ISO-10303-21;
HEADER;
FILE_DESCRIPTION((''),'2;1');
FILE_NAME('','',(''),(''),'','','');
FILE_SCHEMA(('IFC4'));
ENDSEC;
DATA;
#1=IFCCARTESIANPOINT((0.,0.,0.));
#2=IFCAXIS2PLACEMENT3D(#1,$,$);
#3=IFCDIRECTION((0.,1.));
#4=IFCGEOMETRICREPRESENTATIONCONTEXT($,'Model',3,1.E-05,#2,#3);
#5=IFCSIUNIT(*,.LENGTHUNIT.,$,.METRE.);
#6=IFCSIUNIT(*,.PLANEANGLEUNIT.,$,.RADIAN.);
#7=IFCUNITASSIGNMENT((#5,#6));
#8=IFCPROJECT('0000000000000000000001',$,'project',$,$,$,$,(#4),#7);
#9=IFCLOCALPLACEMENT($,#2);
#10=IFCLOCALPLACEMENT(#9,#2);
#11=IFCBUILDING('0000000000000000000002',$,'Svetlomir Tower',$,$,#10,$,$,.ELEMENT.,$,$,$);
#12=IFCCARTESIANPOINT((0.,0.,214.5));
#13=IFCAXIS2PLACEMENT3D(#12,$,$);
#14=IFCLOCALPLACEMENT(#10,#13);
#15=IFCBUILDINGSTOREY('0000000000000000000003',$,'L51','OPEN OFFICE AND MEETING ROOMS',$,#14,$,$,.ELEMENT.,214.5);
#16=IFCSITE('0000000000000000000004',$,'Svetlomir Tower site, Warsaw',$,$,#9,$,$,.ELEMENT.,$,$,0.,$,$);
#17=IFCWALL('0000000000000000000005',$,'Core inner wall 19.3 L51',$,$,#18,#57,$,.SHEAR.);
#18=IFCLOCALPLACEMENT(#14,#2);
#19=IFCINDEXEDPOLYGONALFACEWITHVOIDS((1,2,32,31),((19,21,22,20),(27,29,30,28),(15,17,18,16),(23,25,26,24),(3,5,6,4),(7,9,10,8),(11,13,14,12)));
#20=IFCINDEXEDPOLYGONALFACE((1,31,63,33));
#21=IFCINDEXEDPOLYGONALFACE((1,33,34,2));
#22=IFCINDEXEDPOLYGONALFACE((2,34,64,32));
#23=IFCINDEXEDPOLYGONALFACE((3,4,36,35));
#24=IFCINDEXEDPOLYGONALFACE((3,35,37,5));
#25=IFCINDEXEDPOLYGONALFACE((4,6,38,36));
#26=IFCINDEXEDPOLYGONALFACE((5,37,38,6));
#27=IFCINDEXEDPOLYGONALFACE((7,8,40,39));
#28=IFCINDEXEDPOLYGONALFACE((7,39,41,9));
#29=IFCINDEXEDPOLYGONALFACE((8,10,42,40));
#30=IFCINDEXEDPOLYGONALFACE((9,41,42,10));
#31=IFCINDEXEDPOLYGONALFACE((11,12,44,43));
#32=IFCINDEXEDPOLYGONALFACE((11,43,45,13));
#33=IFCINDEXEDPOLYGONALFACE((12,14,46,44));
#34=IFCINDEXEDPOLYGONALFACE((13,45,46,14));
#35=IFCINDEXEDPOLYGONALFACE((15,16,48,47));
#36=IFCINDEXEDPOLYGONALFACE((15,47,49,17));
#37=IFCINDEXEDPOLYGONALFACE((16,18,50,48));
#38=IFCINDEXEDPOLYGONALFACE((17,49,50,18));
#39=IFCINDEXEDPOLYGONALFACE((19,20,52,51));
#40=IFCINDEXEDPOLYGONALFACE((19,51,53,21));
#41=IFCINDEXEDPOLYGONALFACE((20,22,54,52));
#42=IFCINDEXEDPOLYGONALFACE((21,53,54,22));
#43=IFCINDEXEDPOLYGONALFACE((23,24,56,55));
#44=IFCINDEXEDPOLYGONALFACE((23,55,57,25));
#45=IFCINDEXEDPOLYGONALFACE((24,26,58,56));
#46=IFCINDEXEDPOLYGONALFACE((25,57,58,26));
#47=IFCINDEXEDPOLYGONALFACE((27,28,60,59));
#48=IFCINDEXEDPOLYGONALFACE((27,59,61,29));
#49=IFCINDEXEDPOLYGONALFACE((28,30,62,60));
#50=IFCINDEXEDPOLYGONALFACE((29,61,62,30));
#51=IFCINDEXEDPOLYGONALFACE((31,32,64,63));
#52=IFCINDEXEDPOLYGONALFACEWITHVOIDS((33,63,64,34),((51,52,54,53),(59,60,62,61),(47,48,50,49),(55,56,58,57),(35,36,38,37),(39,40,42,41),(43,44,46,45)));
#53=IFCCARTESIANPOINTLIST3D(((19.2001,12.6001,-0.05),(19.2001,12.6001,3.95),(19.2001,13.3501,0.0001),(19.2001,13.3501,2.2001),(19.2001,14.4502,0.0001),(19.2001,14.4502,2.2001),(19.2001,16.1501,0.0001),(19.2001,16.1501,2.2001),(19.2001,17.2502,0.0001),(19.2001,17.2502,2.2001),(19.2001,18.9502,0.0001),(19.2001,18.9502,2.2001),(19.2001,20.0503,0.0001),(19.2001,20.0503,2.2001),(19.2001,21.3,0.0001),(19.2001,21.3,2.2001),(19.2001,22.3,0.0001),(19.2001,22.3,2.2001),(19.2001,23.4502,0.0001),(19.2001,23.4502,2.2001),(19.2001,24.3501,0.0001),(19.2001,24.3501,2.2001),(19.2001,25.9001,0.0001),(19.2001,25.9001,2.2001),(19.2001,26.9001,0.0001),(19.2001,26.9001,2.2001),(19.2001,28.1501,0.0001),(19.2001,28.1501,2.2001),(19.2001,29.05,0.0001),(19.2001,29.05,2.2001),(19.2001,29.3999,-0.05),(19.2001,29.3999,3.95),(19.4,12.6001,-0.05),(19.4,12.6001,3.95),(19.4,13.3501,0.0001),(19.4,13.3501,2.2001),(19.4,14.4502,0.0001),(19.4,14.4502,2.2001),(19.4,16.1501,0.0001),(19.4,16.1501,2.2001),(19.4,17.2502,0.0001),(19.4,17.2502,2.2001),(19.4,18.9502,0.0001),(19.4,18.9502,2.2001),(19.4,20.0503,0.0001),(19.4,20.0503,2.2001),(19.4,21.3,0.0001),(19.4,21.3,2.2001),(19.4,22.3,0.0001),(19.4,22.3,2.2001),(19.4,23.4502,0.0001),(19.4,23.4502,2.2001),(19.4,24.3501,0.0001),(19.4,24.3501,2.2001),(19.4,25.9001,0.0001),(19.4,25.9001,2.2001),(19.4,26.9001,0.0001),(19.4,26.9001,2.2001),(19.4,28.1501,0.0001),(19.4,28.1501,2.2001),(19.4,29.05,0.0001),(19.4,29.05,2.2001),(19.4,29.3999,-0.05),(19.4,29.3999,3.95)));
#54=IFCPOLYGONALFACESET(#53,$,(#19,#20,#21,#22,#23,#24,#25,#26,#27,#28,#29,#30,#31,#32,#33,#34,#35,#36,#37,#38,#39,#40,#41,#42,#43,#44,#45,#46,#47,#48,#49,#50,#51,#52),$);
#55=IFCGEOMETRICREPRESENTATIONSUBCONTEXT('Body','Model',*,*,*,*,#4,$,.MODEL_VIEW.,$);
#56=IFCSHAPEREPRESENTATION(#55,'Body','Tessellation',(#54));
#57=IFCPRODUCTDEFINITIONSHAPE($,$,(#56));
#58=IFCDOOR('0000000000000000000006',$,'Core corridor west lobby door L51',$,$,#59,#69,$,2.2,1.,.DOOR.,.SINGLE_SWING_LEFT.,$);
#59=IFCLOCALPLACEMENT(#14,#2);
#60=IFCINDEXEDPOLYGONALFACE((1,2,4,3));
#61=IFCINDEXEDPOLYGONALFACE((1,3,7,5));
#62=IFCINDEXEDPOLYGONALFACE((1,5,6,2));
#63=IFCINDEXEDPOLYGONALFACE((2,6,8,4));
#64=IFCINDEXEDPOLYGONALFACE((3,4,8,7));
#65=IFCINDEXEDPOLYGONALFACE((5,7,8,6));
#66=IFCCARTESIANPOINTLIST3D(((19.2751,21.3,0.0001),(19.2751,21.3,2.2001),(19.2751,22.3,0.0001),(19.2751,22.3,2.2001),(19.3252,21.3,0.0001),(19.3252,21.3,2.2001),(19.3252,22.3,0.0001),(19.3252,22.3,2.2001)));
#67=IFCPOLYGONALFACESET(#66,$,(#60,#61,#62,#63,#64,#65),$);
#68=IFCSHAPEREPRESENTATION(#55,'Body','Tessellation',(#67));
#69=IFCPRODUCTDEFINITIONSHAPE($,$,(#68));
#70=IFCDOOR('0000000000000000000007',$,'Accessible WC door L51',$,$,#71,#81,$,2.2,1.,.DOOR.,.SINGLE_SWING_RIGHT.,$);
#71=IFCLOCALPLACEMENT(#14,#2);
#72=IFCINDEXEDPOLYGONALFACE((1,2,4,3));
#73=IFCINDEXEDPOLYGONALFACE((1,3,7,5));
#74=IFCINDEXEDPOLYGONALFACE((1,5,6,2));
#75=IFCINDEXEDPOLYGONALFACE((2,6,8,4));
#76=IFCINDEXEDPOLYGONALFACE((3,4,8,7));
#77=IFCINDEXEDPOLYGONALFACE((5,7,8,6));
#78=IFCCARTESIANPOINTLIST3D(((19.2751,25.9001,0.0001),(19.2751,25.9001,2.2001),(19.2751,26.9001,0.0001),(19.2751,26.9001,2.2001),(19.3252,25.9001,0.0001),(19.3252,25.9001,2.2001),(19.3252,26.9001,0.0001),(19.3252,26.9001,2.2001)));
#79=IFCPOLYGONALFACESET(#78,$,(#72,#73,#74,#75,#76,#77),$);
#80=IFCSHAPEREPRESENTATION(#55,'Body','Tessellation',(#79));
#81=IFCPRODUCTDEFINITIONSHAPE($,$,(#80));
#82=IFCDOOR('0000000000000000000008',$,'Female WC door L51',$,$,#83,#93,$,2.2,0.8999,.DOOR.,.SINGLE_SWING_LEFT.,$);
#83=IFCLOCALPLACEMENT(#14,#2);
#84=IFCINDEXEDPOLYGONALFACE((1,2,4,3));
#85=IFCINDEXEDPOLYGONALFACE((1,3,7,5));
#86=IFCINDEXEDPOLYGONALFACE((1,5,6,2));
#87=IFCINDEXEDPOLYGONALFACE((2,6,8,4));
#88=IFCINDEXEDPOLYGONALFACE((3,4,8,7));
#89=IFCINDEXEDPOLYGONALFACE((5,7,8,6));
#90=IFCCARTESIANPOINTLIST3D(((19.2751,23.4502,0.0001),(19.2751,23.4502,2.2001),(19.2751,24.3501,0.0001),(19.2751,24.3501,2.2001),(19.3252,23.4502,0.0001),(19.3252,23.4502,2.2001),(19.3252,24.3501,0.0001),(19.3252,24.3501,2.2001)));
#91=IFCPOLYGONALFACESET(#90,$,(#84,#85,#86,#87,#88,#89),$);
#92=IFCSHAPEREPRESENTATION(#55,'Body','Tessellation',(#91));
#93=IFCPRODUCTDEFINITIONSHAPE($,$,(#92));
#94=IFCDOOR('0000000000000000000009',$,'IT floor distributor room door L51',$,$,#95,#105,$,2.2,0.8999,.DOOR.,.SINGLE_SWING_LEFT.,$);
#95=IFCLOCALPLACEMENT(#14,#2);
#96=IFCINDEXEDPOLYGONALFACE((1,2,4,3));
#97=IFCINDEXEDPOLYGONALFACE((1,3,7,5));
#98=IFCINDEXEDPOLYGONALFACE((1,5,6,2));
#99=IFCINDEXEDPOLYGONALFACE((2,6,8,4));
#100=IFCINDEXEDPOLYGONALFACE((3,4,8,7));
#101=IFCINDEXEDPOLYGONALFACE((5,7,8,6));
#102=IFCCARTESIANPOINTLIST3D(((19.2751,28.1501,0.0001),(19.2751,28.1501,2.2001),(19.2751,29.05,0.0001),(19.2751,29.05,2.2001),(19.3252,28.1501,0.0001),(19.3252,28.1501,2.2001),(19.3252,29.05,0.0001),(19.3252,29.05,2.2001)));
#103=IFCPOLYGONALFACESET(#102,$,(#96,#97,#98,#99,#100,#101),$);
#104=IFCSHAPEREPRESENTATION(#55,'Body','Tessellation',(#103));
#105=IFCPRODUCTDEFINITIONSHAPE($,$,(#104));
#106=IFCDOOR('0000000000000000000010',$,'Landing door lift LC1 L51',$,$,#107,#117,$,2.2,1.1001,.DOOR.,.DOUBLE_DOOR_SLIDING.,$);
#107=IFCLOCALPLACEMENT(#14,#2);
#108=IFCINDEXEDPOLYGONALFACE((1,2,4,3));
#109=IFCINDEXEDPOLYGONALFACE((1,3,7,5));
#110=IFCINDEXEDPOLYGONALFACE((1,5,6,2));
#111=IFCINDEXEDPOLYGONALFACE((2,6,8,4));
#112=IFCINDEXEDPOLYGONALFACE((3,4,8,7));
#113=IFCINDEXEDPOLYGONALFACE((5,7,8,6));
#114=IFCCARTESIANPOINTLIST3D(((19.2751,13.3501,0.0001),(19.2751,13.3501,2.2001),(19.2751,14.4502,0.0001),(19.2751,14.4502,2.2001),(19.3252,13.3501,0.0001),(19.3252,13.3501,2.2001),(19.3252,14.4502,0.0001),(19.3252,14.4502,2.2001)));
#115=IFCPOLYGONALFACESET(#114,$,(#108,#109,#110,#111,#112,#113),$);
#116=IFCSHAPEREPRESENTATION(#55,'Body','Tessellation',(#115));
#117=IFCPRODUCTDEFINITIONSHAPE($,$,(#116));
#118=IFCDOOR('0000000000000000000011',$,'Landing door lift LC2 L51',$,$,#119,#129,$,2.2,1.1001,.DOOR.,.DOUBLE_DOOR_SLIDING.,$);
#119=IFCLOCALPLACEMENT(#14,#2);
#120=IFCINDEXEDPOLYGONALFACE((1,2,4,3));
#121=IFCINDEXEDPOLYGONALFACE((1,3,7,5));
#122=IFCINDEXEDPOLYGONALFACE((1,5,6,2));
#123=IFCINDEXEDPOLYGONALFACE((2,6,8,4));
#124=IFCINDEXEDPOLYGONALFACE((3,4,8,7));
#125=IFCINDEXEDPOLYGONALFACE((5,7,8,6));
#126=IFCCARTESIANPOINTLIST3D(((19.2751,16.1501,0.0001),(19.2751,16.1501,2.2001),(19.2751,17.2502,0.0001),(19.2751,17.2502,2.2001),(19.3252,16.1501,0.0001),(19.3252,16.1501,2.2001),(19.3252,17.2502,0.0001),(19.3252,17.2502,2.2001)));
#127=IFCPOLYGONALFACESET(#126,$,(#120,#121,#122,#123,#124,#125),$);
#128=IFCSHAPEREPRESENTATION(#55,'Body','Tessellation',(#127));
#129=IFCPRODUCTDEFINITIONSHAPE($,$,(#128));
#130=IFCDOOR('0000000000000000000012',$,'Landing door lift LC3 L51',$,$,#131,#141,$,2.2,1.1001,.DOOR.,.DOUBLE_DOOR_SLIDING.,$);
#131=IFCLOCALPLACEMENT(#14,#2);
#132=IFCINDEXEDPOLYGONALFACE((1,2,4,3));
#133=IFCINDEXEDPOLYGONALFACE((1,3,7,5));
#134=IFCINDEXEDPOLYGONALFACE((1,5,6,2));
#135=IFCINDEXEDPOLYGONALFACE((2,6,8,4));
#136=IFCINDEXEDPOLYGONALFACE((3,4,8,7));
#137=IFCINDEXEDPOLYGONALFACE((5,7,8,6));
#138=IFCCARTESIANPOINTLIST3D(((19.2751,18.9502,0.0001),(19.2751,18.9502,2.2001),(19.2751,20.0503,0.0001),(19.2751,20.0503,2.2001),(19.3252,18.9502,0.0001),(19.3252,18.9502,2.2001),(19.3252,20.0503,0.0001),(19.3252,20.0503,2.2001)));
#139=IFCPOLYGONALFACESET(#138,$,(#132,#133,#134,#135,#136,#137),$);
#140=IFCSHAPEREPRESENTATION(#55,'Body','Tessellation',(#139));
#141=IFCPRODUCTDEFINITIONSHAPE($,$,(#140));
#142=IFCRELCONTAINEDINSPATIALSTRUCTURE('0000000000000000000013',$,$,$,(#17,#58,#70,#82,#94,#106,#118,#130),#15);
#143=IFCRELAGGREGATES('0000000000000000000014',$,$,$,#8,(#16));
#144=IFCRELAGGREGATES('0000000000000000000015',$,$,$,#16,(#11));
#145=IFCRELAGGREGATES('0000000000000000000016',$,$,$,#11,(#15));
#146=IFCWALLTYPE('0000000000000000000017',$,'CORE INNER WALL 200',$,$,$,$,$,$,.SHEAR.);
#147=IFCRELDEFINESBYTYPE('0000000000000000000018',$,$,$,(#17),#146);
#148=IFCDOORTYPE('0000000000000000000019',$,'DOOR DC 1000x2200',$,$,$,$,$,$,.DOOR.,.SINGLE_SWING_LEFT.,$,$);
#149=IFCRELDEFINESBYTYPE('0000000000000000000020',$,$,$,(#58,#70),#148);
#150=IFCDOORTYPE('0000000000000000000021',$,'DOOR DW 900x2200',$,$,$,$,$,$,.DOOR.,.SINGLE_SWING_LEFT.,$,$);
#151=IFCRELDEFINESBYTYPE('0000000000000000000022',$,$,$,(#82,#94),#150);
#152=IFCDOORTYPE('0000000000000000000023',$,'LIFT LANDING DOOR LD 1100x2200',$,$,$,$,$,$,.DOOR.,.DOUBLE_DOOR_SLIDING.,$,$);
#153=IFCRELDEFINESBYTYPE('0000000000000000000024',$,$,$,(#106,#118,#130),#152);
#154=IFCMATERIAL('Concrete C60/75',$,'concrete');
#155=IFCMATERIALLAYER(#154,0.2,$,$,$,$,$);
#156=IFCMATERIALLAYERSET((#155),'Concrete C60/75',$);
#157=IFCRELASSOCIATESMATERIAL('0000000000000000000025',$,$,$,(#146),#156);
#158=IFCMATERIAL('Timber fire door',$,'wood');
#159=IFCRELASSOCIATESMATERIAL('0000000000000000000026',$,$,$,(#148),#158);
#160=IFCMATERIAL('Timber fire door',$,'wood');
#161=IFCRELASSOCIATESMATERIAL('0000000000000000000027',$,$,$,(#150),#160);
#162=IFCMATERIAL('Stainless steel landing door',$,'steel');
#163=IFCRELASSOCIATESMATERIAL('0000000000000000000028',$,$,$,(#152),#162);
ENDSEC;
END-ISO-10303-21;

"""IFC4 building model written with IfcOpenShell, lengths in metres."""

from ifc_helpers import new_model, si_unit, direction, frame, frame_2d, origin, place, context, subcontext, project, spatial, rectangle, extrude, material, layer, layer_set, type_object, element, fill, save


model = new_model("IFC4")

# Units and contexts
model_context = context("Model", 3, precision=1e-05, world=origin(), true_north=direction((0.0, 1.0)))
body_context = subcontext(model_context, "Body", "Model", "MODEL_VIEW")
ifc_project = project(units=[si_unit("LENGTHUNIT", "METRE"), si_unit("PLANEANGLEUNIT", "RADIAN")], contexts=[model_context])

# Site, building, storey
site_placement = place(None, origin())
site = spatial("IfcSite", under=ifc_project, at=site_placement, Name="Svetlomir Tower site, Warsaw", CompositionType="ELEMENT", RefElevation=0.0)
building_placement = place(site_placement, origin())
building = spatial("IfcBuilding", under=site, at=building_placement, Name="Svetlomir Tower", CompositionType="ELEMENT")
storey_placement = place(building_placement, frame((0.0, 0.0, 214.5)))
storey = spatial("IfcBuildingStorey", under=building, at=storey_placement, Name="L51", Description="OPEN OFFICE AND MEETING ROOMS", CompositionType="ELEMENT", Elevation=214.5)

# Shared definitions
ifc_material_1 = material(Name="Concrete C60/75", Category="concrete")
ifc_layer_1 = layer(ifc_material_1, 0.2)
ifc_layer_set_1 = layer_set([ifc_layer_1], Name="Concrete C60/75")
wall_type_1 = type_object("IfcWallType", Name="CORE INNER WALL 200", PredefinedType="SHEAR", material=ifc_layer_set_1)

# Wall, openings, doors
wall_1_placement = place(storey_placement, frame((19.3, 12.6001, -0.05), z_axis=(0.0, 0.0, 1.0), x_axis=(0.0, 1.0, 0.0)))
wall_1 = element("IfcWall", 1, at=wall_1_placement, inside=storey, type_object=wall_type_1, Name="Core inner wall 19.3 L51", PredefinedType="SHEAR", context=body_context, shape_type="SweptSolid", body=[
    extrude(rectangle(XDim=16.7998, YDim=0.2, at=frame_2d((8.3999, 0.0))), origin(), (0.0, 0.0, 1.0), 4.0),
])
opening_1_placement = place(wall_1_placement, frame((8.7, 0.0, 0.05)))
opening_1 = element("IfcOpeningElement", 2, at=opening_1_placement, cuts=wall_1, PredefinedType="OPENING", context=body_context, shape_type="SweptSolid", body=[
    extrude(rectangle(XDim=1.0, YDim=2.2, at=frame_2d((0.5, 1.1001))), frame((0.0, 0.1099, 0.0), z_axis=(0.0, -1.0, 0.0), x_axis=(1.0, 0.0, 0.0)), (0.0, 0.0, 1.0), 0.22),
])
opening_2_placement = place(wall_1_placement, frame((10.8501, 0.0, 0.05)))
opening_2 = element("IfcOpeningElement", 3, at=opening_2_placement, cuts=wall_1, PredefinedType="OPENING", context=body_context, shape_type="SweptSolid", body=[
    extrude(rectangle(XDim=0.8999, YDim=2.2, at=frame_2d((0.45, 1.1001))), frame((0.0, 0.1099, 0.0), z_axis=(0.0, -1.0, 0.0), x_axis=(1.0, 0.0, 0.0)), (0.0, 0.0, 1.0), 0.22),
])
opening_3_placement = place(wall_1_placement, frame((13.3, 0.0, 0.05)))
opening_3 = element("IfcOpeningElement", 4, at=opening_3_placement, cuts=wall_1, PredefinedType="OPENING", context=body_context, shape_type="SweptSolid", body=[
    extrude(rectangle(XDim=1.0, YDim=2.2, at=frame_2d((0.5, 1.1001))), frame((0.0, 0.1099, 0.0), z_axis=(0.0, -1.0, 0.0), x_axis=(1.0, 0.0, 0.0)), (0.0, 0.0, 1.0), 0.22),
])
opening_4_placement = place(wall_1_placement, frame((15.55, 0.0, 0.05)))
opening_4 = element("IfcOpeningElement", 5, at=opening_4_placement, cuts=wall_1, PredefinedType="OPENING", context=body_context, shape_type="SweptSolid", body=[
    extrude(rectangle(XDim=0.8999, YDim=2.2, at=frame_2d((0.45, 1.1001))), frame((0.0, 0.1099, 0.0), z_axis=(0.0, -1.0, 0.0), x_axis=(1.0, 0.0, 0.0)), (0.0, 0.0, 1.0), 0.22),
])
opening_5_placement = place(wall_1_placement, frame((0.75, 0.0, 0.05)))
opening_5 = element("IfcOpeningElement", 6, at=opening_5_placement, cuts=wall_1, PredefinedType="OPENING", context=body_context, shape_type="SweptSolid", body=[
    extrude(rectangle(XDim=1.1001, YDim=2.2, at=frame_2d((0.55, 1.1001))), frame((0.0, 0.1099, 0.0), z_axis=(0.0, -1.0, 0.0), x_axis=(1.0, 0.0, 0.0)), (0.0, 0.0, 1.0), 0.22),
])
opening_6_placement = place(wall_1_placement, frame((3.55, 0.0, 0.05)))
opening_6 = element("IfcOpeningElement", 7, at=opening_6_placement, cuts=wall_1, PredefinedType="OPENING", context=body_context, shape_type="SweptSolid", body=[
    extrude(rectangle(XDim=1.1001, YDim=2.2, at=frame_2d((0.55, 1.1001))), frame((0.0, 0.1099, 0.0), z_axis=(0.0, -1.0, 0.0), x_axis=(1.0, 0.0, 0.0)), (0.0, 0.0, 1.0), 0.22),
])
opening_7_placement = place(wall_1_placement, frame((6.3501, 0.0, 0.05)))
opening_7 = element("IfcOpeningElement", 8, at=opening_7_placement, cuts=wall_1, PredefinedType="OPENING", context=body_context, shape_type="SweptSolid", body=[
    extrude(rectangle(XDim=1.1001, YDim=2.2, at=frame_2d((0.55, 1.1001))), frame((0.0, 0.1099, 0.0), z_axis=(0.0, -1.0, 0.0), x_axis=(1.0, 0.0, 0.0)), (0.0, 0.0, 1.0), 0.22),
])
ifc_material_2 = material(Name="Timber fire door", Category="wood")
door_type_1 = type_object("IfcDoorType", Name="DOOR DC 1000x2200", OperationType="SINGLE_SWING_LEFT", PredefinedType="DOOR", material=ifc_material_2)
door_1_placement = place(opening_1_placement, origin())
door_1 = element("IfcDoor", 9, at=door_1_placement, inside=storey, type_object=door_type_1, Name="Core corridor west lobby door L51", OperationType="SINGLE_SWING_LEFT", OverallHeight=2.2, OverallWidth=1.0, PredefinedType="DOOR", context=body_context, shape_type="SweptSolid", body=[
    extrude(rectangle(XDim=1.0, YDim=2.2, at=frame_2d((0.5, 1.1001))), frame((0.0, 0.0249, 0.0), z_axis=(0.0, -1.0, 0.0), x_axis=(1.0, 0.0, 0.0)), (0.0, 0.0, 1.0), 0.05),
])
fill(opening_1, door_1)
door_2_placement = place(opening_3_placement, origin())
door_2 = element("IfcDoor", 10, at=door_2_placement, inside=storey, type_object=door_type_1, Name="Accessible WC door L51", OperationType="SINGLE_SWING_RIGHT", OverallHeight=2.2, OverallWidth=1.0, PredefinedType="DOOR", context=body_context, shape_type="SweptSolid", body=[
    extrude(rectangle(XDim=1.0, YDim=2.2, at=frame_2d((0.5, 1.1001))), frame((0.0, 0.0249, 0.0), z_axis=(0.0, -1.0, 0.0), x_axis=(1.0, 0.0, 0.0)), (0.0, 0.0, 1.0), 0.05),
])
fill(opening_3, door_2)
ifc_material_3 = material(Name="Timber fire door", Category="wood")
door_type_2 = type_object("IfcDoorType", Name="DOOR DW 900x2200", OperationType="SINGLE_SWING_LEFT", PredefinedType="DOOR", material=ifc_material_3)
door_3_placement = place(opening_2_placement, origin())
door_3 = element("IfcDoor", 11, at=door_3_placement, inside=storey, type_object=door_type_2, Name="Female WC door L51", OperationType="SINGLE_SWING_LEFT", OverallHeight=2.2, OverallWidth=0.8999, PredefinedType="DOOR", context=body_context, shape_type="SweptSolid", body=[
    extrude(rectangle(XDim=0.8999, YDim=2.2, at=frame_2d((0.45, 1.1001))), frame((0.0, 0.0249, 0.0), z_axis=(0.0, -1.0, 0.0), x_axis=(1.0, 0.0, 0.0)), (0.0, 0.0, 1.0), 0.05),
])
fill(opening_2, door_3)
door_4_placement = place(opening_4_placement, origin())
door_4 = element("IfcDoor", 12, at=door_4_placement, inside=storey, type_object=door_type_2, Name="IT floor distributor room door L51", OperationType="SINGLE_SWING_LEFT", OverallHeight=2.2, OverallWidth=0.8999, PredefinedType="DOOR", context=body_context, shape_type="SweptSolid", body=[
    extrude(rectangle(XDim=0.8999, YDim=2.2, at=frame_2d((0.45, 1.1001))), frame((0.0, 0.0249, 0.0), z_axis=(0.0, -1.0, 0.0), x_axis=(1.0, 0.0, 0.0)), (0.0, 0.0, 1.0), 0.05),
])
fill(opening_4, door_4)
ifc_material_4 = material(Name="Stainless steel landing door", Category="steel")
door_type_3 = type_object("IfcDoorType", Name="LIFT LANDING DOOR LD 1100x2200", OperationType="DOUBLE_DOOR_SLIDING", PredefinedType="DOOR", material=ifc_material_4)
door_5_placement = place(opening_5_placement, origin())
door_5 = element("IfcDoor", 13, at=door_5_placement, inside=storey, type_object=door_type_3, Name="Landing door lift LC1 L51", OperationType="DOUBLE_DOOR_SLIDING", OverallHeight=2.2, OverallWidth=1.1001, PredefinedType="DOOR", context=body_context, shape_type="SweptSolid", body=[
    extrude(rectangle(XDim=1.1001, YDim=2.2, at=frame_2d((0.55, 1.1001))), frame((0.0, 0.0249, 0.0), z_axis=(0.0, -1.0, 0.0), x_axis=(1.0, 0.0, 0.0)), (0.0, 0.0, 1.0), 0.05),
])
fill(opening_5, door_5)
door_6_placement = place(opening_6_placement, origin())
door_6 = element("IfcDoor", 14, at=door_6_placement, inside=storey, type_object=door_type_3, Name="Landing door lift LC2 L51", OperationType="DOUBLE_DOOR_SLIDING", OverallHeight=2.2, OverallWidth=1.1001, PredefinedType="DOOR", context=body_context, shape_type="SweptSolid", body=[
    extrude(rectangle(XDim=1.1001, YDim=2.2, at=frame_2d((0.55, 1.1001))), frame((0.0, 0.0249, 0.0), z_axis=(0.0, -1.0, 0.0), x_axis=(1.0, 0.0, 0.0)), (0.0, 0.0, 1.0), 0.05),
])
fill(opening_6, door_6)
door_7_placement = place(opening_7_placement, origin())
door_7 = element("IfcDoor", 15, at=door_7_placement, inside=storey, type_object=door_type_3, Name="Landing door lift LC3 L51", OperationType="DOUBLE_DOOR_SLIDING", OverallHeight=2.2, OverallWidth=1.1001, PredefinedType="DOOR", context=body_context, shape_type="SweptSolid", body=[
    extrude(rectangle(XDim=1.1001, YDim=2.2, at=frame_2d((0.55, 1.1001))), frame((0.0, 0.0249, 0.0), z_axis=(0.0, -1.0, 0.0), x_axis=(1.0, 0.0, 0.0)), (0.0, 0.0, 1.0), 0.05),
])
fill(opening_7, door_7)

save(model, "model.ifc")
